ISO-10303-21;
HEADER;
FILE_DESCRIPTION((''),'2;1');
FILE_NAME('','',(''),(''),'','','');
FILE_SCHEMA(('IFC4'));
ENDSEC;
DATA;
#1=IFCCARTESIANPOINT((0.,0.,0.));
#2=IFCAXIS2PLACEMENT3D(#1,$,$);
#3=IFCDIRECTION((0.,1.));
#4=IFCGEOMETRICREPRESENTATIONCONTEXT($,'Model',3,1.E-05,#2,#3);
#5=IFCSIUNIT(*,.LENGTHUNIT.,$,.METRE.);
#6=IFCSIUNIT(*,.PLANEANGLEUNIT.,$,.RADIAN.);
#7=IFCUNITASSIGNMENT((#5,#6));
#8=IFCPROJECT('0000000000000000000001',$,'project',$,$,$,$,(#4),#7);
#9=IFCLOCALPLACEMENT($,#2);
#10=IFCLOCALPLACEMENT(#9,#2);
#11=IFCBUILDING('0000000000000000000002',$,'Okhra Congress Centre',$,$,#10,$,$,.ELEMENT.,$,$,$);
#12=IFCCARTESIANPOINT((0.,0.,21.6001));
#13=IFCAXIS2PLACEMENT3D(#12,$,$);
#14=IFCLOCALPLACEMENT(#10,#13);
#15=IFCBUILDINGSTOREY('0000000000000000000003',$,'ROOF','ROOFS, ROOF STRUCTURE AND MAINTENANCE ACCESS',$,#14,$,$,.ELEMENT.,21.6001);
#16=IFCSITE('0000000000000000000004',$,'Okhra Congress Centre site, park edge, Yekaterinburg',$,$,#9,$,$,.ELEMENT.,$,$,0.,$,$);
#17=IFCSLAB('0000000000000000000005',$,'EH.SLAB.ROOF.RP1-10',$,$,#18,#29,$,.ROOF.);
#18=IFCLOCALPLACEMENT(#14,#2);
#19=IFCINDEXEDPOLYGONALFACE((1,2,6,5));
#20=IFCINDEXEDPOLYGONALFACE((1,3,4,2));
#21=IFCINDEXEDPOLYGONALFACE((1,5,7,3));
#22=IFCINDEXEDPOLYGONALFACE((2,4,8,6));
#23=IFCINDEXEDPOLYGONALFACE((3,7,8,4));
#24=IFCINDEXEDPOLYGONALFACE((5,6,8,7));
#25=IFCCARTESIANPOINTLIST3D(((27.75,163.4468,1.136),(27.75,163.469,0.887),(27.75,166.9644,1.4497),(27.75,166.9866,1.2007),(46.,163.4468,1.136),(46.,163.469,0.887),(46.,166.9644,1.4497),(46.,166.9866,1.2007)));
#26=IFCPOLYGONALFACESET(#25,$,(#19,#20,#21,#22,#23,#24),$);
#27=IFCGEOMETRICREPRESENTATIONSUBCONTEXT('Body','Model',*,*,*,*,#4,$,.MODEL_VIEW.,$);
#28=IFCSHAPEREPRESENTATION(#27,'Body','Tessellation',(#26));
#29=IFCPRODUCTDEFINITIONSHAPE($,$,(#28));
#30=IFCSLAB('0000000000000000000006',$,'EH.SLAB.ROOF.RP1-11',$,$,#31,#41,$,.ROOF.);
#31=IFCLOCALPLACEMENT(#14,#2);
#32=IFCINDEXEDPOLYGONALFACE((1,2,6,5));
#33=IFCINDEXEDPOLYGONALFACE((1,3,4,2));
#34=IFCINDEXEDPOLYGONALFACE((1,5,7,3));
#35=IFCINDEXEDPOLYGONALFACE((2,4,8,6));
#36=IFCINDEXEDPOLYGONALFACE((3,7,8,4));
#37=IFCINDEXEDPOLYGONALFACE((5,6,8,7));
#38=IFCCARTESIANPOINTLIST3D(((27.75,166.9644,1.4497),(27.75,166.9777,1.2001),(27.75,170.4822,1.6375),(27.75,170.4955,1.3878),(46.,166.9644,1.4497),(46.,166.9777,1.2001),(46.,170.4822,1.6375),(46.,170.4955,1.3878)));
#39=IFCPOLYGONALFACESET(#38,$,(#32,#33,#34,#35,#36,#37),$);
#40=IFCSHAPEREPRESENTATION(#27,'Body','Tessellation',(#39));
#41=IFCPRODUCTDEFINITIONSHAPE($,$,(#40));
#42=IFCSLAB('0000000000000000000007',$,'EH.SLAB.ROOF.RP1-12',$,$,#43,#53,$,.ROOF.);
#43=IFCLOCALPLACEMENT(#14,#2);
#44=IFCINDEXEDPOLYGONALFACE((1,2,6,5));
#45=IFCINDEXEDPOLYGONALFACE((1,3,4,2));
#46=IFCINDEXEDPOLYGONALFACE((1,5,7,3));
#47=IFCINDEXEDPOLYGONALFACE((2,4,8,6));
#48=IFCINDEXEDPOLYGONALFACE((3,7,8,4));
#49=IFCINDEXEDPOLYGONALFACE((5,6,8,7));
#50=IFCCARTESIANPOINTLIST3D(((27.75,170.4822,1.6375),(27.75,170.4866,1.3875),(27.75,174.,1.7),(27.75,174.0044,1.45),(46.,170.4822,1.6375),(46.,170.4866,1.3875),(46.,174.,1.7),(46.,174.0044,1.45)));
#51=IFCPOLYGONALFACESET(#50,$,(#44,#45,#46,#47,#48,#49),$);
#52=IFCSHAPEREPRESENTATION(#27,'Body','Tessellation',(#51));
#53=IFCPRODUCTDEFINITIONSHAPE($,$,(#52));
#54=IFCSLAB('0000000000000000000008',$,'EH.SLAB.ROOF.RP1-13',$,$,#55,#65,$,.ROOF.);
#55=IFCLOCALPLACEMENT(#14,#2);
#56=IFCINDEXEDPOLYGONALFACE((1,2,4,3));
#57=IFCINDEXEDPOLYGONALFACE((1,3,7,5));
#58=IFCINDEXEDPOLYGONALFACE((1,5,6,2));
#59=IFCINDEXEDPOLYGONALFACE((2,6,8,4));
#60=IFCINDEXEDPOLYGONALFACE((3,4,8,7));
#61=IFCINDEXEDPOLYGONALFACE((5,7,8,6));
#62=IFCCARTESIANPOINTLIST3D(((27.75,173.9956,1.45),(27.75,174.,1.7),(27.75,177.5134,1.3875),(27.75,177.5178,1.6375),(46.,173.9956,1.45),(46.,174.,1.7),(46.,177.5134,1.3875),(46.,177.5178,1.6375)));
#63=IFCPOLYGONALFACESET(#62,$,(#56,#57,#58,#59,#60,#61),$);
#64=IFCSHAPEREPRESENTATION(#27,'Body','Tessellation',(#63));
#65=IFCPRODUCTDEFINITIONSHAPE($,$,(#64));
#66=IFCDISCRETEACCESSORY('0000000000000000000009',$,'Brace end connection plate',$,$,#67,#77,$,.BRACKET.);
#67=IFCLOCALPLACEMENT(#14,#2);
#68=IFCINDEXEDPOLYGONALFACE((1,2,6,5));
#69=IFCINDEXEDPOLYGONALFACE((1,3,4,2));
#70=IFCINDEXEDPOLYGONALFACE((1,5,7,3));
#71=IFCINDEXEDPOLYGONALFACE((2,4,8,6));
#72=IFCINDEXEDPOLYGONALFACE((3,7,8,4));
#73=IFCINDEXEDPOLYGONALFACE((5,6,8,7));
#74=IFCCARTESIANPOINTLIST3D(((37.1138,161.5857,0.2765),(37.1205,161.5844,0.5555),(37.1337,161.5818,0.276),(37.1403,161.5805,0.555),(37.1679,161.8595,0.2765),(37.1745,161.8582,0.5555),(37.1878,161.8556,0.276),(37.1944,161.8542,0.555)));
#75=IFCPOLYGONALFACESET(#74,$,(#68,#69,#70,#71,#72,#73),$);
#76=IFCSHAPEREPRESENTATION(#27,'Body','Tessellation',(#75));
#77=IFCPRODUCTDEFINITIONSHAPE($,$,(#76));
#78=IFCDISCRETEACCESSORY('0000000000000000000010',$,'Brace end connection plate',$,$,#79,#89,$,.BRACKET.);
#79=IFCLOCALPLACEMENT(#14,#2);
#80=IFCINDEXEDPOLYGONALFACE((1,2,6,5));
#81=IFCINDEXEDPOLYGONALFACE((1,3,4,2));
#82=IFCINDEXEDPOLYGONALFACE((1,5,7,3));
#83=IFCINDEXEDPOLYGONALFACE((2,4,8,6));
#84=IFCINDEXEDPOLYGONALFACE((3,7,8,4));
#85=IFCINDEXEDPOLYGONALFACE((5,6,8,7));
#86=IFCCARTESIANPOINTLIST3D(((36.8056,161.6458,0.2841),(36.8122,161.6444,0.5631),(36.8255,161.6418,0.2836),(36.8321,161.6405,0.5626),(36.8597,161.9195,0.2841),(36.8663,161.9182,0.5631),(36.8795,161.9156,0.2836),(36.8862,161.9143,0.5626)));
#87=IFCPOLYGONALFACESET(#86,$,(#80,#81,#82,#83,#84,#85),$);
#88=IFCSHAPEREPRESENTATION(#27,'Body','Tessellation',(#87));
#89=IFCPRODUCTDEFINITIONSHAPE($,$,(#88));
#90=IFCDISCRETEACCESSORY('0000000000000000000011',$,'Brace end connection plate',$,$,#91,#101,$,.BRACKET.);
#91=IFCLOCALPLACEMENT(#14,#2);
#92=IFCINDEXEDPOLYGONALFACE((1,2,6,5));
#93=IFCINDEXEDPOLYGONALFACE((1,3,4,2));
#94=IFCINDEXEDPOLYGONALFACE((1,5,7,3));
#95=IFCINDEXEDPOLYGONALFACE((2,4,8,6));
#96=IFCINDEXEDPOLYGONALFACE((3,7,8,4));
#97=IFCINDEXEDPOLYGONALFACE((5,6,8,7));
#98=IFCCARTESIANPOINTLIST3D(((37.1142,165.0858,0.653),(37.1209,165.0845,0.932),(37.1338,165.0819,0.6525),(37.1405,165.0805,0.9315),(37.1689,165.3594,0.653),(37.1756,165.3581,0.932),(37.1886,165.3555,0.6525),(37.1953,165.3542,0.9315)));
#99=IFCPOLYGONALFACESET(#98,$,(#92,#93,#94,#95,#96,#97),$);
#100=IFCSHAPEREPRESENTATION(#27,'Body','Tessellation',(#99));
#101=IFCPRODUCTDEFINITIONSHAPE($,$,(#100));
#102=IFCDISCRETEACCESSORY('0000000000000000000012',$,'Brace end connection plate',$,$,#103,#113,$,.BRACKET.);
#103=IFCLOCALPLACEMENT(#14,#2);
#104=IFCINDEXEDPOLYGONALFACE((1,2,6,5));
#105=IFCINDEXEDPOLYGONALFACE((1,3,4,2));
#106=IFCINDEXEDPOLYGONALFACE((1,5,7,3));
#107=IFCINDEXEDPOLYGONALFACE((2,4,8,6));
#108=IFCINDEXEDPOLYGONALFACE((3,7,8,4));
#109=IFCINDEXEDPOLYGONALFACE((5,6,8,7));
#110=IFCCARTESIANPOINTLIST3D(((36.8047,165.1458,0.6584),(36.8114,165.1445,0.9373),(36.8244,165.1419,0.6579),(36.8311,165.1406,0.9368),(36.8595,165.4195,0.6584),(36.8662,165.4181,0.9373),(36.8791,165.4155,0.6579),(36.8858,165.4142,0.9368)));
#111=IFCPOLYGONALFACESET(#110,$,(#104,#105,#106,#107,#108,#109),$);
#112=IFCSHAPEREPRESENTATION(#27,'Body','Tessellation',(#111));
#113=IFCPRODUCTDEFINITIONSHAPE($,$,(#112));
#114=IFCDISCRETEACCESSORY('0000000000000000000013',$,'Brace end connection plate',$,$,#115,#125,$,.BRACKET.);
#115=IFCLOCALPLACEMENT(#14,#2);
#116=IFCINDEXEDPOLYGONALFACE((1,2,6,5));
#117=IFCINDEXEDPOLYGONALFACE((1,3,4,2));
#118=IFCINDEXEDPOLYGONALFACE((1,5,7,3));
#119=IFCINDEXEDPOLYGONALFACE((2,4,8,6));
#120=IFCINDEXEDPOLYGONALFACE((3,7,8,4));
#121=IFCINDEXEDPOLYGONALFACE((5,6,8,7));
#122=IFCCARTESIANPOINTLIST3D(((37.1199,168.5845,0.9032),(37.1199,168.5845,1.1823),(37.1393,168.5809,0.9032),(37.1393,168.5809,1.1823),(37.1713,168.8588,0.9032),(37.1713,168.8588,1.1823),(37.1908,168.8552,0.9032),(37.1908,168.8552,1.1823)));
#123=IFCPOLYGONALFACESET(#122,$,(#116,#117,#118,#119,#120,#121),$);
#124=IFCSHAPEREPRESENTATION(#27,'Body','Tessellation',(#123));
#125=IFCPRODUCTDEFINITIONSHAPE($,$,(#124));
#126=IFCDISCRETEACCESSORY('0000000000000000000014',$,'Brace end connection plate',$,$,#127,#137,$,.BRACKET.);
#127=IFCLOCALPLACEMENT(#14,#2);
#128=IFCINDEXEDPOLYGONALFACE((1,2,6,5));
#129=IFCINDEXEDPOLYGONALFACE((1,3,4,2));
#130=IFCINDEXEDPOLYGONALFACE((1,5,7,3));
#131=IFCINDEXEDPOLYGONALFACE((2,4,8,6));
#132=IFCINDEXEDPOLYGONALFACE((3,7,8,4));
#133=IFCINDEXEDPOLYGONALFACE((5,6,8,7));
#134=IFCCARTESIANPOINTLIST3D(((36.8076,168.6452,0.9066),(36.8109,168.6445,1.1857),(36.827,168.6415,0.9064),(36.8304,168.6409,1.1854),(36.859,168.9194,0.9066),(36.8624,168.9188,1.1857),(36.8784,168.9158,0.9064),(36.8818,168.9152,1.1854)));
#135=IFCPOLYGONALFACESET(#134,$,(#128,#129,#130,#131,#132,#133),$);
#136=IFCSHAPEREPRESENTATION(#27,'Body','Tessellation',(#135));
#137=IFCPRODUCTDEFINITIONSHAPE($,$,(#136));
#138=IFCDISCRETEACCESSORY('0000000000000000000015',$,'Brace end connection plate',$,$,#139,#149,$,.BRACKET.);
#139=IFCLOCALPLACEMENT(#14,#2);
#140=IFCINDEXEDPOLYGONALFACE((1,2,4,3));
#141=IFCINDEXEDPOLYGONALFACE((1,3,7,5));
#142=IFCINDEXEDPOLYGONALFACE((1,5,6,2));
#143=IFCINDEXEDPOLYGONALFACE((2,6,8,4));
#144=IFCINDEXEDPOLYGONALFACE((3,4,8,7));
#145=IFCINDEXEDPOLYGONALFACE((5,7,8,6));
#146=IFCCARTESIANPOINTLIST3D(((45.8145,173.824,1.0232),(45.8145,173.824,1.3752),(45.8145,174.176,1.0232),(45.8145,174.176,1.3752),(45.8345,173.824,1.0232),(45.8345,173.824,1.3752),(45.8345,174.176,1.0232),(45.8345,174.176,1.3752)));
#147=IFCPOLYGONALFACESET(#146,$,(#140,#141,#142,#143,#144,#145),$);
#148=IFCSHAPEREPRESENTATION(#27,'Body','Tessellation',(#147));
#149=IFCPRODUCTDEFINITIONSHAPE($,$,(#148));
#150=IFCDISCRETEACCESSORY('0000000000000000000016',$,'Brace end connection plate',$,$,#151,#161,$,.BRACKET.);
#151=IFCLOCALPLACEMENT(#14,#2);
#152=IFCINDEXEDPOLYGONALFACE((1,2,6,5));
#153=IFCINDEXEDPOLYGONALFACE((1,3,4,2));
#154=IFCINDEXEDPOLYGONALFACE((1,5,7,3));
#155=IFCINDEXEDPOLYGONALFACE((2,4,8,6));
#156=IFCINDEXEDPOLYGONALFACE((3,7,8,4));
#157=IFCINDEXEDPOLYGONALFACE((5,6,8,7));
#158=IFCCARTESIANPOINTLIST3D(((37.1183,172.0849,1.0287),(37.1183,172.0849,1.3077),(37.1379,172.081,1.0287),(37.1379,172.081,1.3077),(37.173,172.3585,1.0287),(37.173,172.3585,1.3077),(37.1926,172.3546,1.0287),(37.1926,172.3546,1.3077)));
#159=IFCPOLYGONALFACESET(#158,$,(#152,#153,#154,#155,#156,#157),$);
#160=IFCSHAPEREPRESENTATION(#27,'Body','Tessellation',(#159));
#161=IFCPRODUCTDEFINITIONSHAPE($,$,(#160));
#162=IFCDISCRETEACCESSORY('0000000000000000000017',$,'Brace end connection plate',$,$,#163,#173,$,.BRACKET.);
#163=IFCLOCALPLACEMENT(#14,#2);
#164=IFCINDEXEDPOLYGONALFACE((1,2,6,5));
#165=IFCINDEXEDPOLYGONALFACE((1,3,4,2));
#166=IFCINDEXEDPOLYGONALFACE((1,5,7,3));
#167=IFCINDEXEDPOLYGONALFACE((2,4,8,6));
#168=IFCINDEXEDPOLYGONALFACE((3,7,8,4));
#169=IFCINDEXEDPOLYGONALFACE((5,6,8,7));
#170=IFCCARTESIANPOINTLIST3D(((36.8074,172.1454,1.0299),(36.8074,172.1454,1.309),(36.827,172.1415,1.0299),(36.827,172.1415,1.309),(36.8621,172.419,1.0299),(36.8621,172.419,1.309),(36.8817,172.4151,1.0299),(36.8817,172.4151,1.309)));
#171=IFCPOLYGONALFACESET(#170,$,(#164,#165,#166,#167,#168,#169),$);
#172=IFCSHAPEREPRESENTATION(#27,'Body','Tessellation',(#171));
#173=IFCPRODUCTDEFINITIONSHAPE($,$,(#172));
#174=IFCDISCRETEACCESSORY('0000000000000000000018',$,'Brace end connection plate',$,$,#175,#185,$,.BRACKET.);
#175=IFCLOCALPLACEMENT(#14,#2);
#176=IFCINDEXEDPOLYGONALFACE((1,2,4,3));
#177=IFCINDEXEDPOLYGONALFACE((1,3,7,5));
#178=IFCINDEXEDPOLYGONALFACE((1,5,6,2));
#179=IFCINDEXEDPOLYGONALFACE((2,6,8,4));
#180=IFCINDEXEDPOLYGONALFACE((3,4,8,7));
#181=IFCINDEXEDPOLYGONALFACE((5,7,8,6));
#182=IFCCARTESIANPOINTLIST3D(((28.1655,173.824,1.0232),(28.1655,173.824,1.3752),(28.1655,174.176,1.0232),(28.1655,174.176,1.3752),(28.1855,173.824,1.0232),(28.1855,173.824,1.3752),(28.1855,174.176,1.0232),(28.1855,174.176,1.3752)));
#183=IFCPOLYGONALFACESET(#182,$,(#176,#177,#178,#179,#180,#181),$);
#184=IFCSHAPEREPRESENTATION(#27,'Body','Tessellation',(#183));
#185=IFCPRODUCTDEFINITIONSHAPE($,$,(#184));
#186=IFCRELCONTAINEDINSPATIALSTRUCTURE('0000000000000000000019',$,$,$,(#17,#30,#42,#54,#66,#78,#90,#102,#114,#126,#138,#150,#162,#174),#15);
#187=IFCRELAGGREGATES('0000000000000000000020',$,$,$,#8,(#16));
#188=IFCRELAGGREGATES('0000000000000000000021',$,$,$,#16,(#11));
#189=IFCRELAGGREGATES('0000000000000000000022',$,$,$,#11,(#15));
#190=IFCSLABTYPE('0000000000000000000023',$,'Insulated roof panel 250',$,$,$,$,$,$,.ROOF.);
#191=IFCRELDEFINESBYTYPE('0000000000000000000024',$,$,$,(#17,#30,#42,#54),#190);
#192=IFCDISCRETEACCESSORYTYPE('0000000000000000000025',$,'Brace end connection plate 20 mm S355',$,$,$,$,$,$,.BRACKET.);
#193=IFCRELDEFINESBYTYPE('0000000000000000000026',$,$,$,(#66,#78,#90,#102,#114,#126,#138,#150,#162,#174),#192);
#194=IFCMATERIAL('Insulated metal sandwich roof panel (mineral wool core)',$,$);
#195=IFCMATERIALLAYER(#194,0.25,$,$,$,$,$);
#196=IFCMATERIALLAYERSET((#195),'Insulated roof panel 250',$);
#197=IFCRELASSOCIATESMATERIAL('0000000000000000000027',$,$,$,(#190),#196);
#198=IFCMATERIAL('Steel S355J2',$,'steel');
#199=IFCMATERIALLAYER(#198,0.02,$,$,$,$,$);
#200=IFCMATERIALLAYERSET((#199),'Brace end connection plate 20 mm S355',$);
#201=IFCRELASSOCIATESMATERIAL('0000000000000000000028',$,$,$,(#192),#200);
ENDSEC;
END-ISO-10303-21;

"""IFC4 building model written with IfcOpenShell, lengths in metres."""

from ifc_helpers import new_model, si_unit, direction, frame, origin, origin_2d, place, context, subcontext, project, spatial, polyline, rectangle, outline, extrude, material, layer, layer_set, type_object, element, save


model = new_model("IFC4")

# Units and contexts
model_context = context("Model", 3, precision=1e-05, world=origin(), true_north=direction((0.0, 1.0)))
body_context = subcontext(model_context, "Body", "Model", "MODEL_VIEW")
ifc_project = project(units=[si_unit("LENGTHUNIT", "METRE"), si_unit("PLANEANGLEUNIT", "RADIAN")], contexts=[model_context])

# Site, building, storey
site_placement = place(None, origin())
site = spatial("IfcSite", under=ifc_project, at=site_placement, Name="Okhra Congress Centre site, park edge, Yekaterinburg", CompositionType="ELEMENT", RefElevation=0.0)
building_placement = place(site_placement, origin())
building = spatial("IfcBuilding", under=site, at=building_placement, Name="Okhra Congress Centre", CompositionType="ELEMENT")
storey_placement = place(building_placement, frame((0.0, 0.0, 21.6001)))
storey = spatial("IfcBuildingStorey", under=building, at=storey_placement, Name="ROOF", Description="ROOFS, ROOF STRUCTURE AND MAINTENANCE ACCESS", CompositionType="ELEMENT", Elevation=21.6001)

# Shared definitions
ifc_material_1 = material(Name="Steel S355J2", Category="steel")

# Slabs
ifc_material_2 = material(Name="Insulated metal sandwich roof panel (mineral wool core)")
ifc_layer_1 = layer(ifc_material_2, 0.25)
ifc_layer_set_1 = layer_set([ifc_layer_1], Name="Insulated roof panel 250")
slab_type = type_object("IfcSlabType", Name="Insulated roof panel 250", PredefinedType="ROOF", material=ifc_layer_set_1)
slab_1_placement = place(storey_placement, frame((27.75, 163.4468, 1.136), z_axis=(0.0, -0.088834, 0.996046), x_axis=(1.0, 0.0, 0.0)))
element("IfcSlab", 1, at=slab_1_placement, inside=storey, type_object=slab_type, Name="EH.SLAB.ROOF.RP1-10", PredefinedType="ROOF", context=body_context, shape_type="SweptSolid", body=[
    extrude(outline(polyline([(0.0, 0.0), (18.25, 0.0), (18.25, 3.5315), (0.0, 3.5315), (0.0, 0.0)])), origin(), (0.0, 0.0, -1.0), 0.25),
])
slab_2_placement = place(storey_placement, frame((27.75, 166.9644, 1.4497), z_axis=(0.0, -0.053294, 0.998579), x_axis=(1.0, 0.0, 0.0)))
element("IfcSlab", 2, at=slab_2_placement, inside=storey, type_object=slab_type, Name="EH.SLAB.ROOF.RP1-11", PredefinedType="ROOF", context=body_context, shape_type="SweptSolid", body=[
    extrude(outline(polyline([(0.0, 0.0), (18.25, 0.0), (18.25, 3.5228), (0.0, 3.5228), (0.0, 0.0)])), origin(), (0.0, 0.0, -1.0), 0.25),
])
for number, where, z_axis, x_axis, name in (
    (3, (27.75, 170.4822, 1.6375), (0.0, -0.017764, 0.999842), (1.0, 0.0, 0.0), "EH.SLAB.ROOF.RP1-12"),
    (4, (27.75, 174.0, 1.7), (0.0, 0.017764, 0.999842), (1.0, 0.0, 0.0), "EH.SLAB.ROOF.RP1-13"),
):
    element("IfcSlab", number, at=place(storey_placement, frame(where, z_axis=z_axis, x_axis=x_axis)), inside=storey, type_object=slab_type, Name=name, PredefinedType="ROOF", context=body_context, shape_type="SweptSolid", body=[
        extrude(outline(polyline([(0.0, 0.0), (18.25, 0.0), (18.25, 3.5184), (0.0, 3.5184), (0.0, 0.0)])), origin(), (0.0, 0.0, -1.0), 0.25),
    ])

# Discrete accessories
ifc_layer_2 = layer(ifc_material_1, 0.02)
ifc_layer_set_2 = layer_set([ifc_layer_2], Name="Brace end connection plate 20 mm S355")
discrete_accessory_type = type_object("IfcDiscreteAccessoryType", Name="Brace end connection plate 20 mm S355", PredefinedType="BRACKET", material=ifc_layer_set_2)
for number, where, z_axis, x_axis, name in (
    (5, (37.1641, 161.718, 0.4155), (-0.980756, 0.19373, 0.024216), (-0.193786, -0.981044, 0.0), "Brace end connection plate"),
    (6, (36.8359, 161.782, 0.4236), (0.980756, -0.19373, -0.024216), (0.193786, 0.981044, 0.0), "Brace end connection plate"),
):
    element("IfcDiscreteAccessory", number, at=place(storey_placement, frame(where, z_axis=z_axis, x_axis=x_axis)), inside=storey, type_object=discrete_accessory_type, Name=name, PredefinedType="BRACKET", context=body_context, shape_type="SweptSolid", body=[
        extrude(rectangle(XDim=0.2791, YDim=0.2791, at=origin_2d()), origin(), (0.0, 0.0, 1.0), 0.0203),
    ])
for number, where, z_axis, x_axis, name in (
    (7, (37.1646, 165.218, 0.792), (-0.980286, 0.196057, 0.024507), (-0.196116, -0.980581, 0.0), "Brace end connection plate"),
    (8, (36.8354, 165.282, 0.7979), (0.980286, -0.196057, -0.024507), (0.196116, 0.980581, 0.0), "Brace end connection plate"),
):
    element("IfcDiscreteAccessory", number, at=place(storey_placement, frame(where, z_axis=z_axis, x_axis=x_axis)), inside=storey, type_object=discrete_accessory_type, Name=name, PredefinedType="BRACKET", context=body_context, shape_type="SweptSolid", body=[
        extrude(rectangle(XDim=0.2791, YDim=0.2791, at=origin_2d()), origin(), (0.0, 0.0, 1.0), 0.02),
    ])
for number, where, z_axis, x_axis, name in (
    (9, (37.165, 168.718, 1.0427), (-0.982872, 0.184289, 0.0), (-0.184289, -0.982872, 0.0), "Brace end connection plate"),
    (10, (36.835, 168.782, 1.0461), (0.982798, -0.184275, -0.012285), (0.184289, 0.982872, 0.0), "Brace end connection plate"),
):
    element("IfcDiscreteAccessory", number, at=place(storey_placement, frame(where, z_axis=z_axis, x_axis=x_axis)), inside=storey, type_object=discrete_accessory_type, Name=name, PredefinedType="BRACKET", context=body_context, shape_type="SweptSolid", body=[
        extrude(rectangle(XDim=0.2791, YDim=0.2791, at=origin_2d()), origin(), (0.0, 0.0, 1.0), 0.0198),
    ])
discrete_accessory_1_placement = place(storey_placement, frame((45.8145, 174.0, 1.1992), z_axis=(1.0, 0.0, 0.0), x_axis=(0.0, 1.0, 0.0)))
element("IfcDiscreteAccessory", 11, at=discrete_accessory_1_placement, inside=storey, type_object=discrete_accessory_type, Name="Brace end connection plate", PredefinedType="BRACKET", context=body_context, shape_type="SweptSolid", body=[
    extrude(rectangle(XDim=0.3521, YDim=0.3521, at=origin_2d()), origin(), (0.0, 0.0, 1.0), 0.02),
])
for number, where, z_axis, x_axis, name in (
    (12, (37.1653, 172.2178, 1.1682), (-0.980581, 0.196116, 0.0), (-0.196116, -0.980581, 0.0), "Brace end connection plate"),
    (13, (36.8347, 172.2822, 1.1694), (0.980581, -0.196116, 0.0), (0.196116, 0.980581, 0.0), "Brace end connection plate"),
):
    element("IfcDiscreteAccessory", number, at=place(storey_placement, frame(where, z_axis=z_axis, x_axis=x_axis)), inside=storey, type_object=discrete_accessory_type, Name=name, PredefinedType="BRACKET", context=body_context, shape_type="SweptSolid", body=[
        extrude(rectangle(XDim=0.2791, YDim=0.2791, at=origin_2d()), origin(), (0.0, 0.0, 1.0), 0.02),
    ])
discrete_accessory_2_placement = place(storey_placement, frame((28.1855, 174.0, 1.1992), z_axis=(-1.0, 0.0, 0.0), x_axis=(0.0, -1.0, 0.0)))
element("IfcDiscreteAccessory", 14, at=discrete_accessory_2_placement, inside=storey, type_object=discrete_accessory_type, Name="Brace end connection plate", PredefinedType="BRACKET", context=body_context, shape_type="SweptSolid", body=[
    extrude(rectangle(XDim=0.3521, YDim=0.3521, at=origin_2d()), origin(), (0.0, 0.0, 1.0), 0.02),
])

save(model, "model.ifc")
